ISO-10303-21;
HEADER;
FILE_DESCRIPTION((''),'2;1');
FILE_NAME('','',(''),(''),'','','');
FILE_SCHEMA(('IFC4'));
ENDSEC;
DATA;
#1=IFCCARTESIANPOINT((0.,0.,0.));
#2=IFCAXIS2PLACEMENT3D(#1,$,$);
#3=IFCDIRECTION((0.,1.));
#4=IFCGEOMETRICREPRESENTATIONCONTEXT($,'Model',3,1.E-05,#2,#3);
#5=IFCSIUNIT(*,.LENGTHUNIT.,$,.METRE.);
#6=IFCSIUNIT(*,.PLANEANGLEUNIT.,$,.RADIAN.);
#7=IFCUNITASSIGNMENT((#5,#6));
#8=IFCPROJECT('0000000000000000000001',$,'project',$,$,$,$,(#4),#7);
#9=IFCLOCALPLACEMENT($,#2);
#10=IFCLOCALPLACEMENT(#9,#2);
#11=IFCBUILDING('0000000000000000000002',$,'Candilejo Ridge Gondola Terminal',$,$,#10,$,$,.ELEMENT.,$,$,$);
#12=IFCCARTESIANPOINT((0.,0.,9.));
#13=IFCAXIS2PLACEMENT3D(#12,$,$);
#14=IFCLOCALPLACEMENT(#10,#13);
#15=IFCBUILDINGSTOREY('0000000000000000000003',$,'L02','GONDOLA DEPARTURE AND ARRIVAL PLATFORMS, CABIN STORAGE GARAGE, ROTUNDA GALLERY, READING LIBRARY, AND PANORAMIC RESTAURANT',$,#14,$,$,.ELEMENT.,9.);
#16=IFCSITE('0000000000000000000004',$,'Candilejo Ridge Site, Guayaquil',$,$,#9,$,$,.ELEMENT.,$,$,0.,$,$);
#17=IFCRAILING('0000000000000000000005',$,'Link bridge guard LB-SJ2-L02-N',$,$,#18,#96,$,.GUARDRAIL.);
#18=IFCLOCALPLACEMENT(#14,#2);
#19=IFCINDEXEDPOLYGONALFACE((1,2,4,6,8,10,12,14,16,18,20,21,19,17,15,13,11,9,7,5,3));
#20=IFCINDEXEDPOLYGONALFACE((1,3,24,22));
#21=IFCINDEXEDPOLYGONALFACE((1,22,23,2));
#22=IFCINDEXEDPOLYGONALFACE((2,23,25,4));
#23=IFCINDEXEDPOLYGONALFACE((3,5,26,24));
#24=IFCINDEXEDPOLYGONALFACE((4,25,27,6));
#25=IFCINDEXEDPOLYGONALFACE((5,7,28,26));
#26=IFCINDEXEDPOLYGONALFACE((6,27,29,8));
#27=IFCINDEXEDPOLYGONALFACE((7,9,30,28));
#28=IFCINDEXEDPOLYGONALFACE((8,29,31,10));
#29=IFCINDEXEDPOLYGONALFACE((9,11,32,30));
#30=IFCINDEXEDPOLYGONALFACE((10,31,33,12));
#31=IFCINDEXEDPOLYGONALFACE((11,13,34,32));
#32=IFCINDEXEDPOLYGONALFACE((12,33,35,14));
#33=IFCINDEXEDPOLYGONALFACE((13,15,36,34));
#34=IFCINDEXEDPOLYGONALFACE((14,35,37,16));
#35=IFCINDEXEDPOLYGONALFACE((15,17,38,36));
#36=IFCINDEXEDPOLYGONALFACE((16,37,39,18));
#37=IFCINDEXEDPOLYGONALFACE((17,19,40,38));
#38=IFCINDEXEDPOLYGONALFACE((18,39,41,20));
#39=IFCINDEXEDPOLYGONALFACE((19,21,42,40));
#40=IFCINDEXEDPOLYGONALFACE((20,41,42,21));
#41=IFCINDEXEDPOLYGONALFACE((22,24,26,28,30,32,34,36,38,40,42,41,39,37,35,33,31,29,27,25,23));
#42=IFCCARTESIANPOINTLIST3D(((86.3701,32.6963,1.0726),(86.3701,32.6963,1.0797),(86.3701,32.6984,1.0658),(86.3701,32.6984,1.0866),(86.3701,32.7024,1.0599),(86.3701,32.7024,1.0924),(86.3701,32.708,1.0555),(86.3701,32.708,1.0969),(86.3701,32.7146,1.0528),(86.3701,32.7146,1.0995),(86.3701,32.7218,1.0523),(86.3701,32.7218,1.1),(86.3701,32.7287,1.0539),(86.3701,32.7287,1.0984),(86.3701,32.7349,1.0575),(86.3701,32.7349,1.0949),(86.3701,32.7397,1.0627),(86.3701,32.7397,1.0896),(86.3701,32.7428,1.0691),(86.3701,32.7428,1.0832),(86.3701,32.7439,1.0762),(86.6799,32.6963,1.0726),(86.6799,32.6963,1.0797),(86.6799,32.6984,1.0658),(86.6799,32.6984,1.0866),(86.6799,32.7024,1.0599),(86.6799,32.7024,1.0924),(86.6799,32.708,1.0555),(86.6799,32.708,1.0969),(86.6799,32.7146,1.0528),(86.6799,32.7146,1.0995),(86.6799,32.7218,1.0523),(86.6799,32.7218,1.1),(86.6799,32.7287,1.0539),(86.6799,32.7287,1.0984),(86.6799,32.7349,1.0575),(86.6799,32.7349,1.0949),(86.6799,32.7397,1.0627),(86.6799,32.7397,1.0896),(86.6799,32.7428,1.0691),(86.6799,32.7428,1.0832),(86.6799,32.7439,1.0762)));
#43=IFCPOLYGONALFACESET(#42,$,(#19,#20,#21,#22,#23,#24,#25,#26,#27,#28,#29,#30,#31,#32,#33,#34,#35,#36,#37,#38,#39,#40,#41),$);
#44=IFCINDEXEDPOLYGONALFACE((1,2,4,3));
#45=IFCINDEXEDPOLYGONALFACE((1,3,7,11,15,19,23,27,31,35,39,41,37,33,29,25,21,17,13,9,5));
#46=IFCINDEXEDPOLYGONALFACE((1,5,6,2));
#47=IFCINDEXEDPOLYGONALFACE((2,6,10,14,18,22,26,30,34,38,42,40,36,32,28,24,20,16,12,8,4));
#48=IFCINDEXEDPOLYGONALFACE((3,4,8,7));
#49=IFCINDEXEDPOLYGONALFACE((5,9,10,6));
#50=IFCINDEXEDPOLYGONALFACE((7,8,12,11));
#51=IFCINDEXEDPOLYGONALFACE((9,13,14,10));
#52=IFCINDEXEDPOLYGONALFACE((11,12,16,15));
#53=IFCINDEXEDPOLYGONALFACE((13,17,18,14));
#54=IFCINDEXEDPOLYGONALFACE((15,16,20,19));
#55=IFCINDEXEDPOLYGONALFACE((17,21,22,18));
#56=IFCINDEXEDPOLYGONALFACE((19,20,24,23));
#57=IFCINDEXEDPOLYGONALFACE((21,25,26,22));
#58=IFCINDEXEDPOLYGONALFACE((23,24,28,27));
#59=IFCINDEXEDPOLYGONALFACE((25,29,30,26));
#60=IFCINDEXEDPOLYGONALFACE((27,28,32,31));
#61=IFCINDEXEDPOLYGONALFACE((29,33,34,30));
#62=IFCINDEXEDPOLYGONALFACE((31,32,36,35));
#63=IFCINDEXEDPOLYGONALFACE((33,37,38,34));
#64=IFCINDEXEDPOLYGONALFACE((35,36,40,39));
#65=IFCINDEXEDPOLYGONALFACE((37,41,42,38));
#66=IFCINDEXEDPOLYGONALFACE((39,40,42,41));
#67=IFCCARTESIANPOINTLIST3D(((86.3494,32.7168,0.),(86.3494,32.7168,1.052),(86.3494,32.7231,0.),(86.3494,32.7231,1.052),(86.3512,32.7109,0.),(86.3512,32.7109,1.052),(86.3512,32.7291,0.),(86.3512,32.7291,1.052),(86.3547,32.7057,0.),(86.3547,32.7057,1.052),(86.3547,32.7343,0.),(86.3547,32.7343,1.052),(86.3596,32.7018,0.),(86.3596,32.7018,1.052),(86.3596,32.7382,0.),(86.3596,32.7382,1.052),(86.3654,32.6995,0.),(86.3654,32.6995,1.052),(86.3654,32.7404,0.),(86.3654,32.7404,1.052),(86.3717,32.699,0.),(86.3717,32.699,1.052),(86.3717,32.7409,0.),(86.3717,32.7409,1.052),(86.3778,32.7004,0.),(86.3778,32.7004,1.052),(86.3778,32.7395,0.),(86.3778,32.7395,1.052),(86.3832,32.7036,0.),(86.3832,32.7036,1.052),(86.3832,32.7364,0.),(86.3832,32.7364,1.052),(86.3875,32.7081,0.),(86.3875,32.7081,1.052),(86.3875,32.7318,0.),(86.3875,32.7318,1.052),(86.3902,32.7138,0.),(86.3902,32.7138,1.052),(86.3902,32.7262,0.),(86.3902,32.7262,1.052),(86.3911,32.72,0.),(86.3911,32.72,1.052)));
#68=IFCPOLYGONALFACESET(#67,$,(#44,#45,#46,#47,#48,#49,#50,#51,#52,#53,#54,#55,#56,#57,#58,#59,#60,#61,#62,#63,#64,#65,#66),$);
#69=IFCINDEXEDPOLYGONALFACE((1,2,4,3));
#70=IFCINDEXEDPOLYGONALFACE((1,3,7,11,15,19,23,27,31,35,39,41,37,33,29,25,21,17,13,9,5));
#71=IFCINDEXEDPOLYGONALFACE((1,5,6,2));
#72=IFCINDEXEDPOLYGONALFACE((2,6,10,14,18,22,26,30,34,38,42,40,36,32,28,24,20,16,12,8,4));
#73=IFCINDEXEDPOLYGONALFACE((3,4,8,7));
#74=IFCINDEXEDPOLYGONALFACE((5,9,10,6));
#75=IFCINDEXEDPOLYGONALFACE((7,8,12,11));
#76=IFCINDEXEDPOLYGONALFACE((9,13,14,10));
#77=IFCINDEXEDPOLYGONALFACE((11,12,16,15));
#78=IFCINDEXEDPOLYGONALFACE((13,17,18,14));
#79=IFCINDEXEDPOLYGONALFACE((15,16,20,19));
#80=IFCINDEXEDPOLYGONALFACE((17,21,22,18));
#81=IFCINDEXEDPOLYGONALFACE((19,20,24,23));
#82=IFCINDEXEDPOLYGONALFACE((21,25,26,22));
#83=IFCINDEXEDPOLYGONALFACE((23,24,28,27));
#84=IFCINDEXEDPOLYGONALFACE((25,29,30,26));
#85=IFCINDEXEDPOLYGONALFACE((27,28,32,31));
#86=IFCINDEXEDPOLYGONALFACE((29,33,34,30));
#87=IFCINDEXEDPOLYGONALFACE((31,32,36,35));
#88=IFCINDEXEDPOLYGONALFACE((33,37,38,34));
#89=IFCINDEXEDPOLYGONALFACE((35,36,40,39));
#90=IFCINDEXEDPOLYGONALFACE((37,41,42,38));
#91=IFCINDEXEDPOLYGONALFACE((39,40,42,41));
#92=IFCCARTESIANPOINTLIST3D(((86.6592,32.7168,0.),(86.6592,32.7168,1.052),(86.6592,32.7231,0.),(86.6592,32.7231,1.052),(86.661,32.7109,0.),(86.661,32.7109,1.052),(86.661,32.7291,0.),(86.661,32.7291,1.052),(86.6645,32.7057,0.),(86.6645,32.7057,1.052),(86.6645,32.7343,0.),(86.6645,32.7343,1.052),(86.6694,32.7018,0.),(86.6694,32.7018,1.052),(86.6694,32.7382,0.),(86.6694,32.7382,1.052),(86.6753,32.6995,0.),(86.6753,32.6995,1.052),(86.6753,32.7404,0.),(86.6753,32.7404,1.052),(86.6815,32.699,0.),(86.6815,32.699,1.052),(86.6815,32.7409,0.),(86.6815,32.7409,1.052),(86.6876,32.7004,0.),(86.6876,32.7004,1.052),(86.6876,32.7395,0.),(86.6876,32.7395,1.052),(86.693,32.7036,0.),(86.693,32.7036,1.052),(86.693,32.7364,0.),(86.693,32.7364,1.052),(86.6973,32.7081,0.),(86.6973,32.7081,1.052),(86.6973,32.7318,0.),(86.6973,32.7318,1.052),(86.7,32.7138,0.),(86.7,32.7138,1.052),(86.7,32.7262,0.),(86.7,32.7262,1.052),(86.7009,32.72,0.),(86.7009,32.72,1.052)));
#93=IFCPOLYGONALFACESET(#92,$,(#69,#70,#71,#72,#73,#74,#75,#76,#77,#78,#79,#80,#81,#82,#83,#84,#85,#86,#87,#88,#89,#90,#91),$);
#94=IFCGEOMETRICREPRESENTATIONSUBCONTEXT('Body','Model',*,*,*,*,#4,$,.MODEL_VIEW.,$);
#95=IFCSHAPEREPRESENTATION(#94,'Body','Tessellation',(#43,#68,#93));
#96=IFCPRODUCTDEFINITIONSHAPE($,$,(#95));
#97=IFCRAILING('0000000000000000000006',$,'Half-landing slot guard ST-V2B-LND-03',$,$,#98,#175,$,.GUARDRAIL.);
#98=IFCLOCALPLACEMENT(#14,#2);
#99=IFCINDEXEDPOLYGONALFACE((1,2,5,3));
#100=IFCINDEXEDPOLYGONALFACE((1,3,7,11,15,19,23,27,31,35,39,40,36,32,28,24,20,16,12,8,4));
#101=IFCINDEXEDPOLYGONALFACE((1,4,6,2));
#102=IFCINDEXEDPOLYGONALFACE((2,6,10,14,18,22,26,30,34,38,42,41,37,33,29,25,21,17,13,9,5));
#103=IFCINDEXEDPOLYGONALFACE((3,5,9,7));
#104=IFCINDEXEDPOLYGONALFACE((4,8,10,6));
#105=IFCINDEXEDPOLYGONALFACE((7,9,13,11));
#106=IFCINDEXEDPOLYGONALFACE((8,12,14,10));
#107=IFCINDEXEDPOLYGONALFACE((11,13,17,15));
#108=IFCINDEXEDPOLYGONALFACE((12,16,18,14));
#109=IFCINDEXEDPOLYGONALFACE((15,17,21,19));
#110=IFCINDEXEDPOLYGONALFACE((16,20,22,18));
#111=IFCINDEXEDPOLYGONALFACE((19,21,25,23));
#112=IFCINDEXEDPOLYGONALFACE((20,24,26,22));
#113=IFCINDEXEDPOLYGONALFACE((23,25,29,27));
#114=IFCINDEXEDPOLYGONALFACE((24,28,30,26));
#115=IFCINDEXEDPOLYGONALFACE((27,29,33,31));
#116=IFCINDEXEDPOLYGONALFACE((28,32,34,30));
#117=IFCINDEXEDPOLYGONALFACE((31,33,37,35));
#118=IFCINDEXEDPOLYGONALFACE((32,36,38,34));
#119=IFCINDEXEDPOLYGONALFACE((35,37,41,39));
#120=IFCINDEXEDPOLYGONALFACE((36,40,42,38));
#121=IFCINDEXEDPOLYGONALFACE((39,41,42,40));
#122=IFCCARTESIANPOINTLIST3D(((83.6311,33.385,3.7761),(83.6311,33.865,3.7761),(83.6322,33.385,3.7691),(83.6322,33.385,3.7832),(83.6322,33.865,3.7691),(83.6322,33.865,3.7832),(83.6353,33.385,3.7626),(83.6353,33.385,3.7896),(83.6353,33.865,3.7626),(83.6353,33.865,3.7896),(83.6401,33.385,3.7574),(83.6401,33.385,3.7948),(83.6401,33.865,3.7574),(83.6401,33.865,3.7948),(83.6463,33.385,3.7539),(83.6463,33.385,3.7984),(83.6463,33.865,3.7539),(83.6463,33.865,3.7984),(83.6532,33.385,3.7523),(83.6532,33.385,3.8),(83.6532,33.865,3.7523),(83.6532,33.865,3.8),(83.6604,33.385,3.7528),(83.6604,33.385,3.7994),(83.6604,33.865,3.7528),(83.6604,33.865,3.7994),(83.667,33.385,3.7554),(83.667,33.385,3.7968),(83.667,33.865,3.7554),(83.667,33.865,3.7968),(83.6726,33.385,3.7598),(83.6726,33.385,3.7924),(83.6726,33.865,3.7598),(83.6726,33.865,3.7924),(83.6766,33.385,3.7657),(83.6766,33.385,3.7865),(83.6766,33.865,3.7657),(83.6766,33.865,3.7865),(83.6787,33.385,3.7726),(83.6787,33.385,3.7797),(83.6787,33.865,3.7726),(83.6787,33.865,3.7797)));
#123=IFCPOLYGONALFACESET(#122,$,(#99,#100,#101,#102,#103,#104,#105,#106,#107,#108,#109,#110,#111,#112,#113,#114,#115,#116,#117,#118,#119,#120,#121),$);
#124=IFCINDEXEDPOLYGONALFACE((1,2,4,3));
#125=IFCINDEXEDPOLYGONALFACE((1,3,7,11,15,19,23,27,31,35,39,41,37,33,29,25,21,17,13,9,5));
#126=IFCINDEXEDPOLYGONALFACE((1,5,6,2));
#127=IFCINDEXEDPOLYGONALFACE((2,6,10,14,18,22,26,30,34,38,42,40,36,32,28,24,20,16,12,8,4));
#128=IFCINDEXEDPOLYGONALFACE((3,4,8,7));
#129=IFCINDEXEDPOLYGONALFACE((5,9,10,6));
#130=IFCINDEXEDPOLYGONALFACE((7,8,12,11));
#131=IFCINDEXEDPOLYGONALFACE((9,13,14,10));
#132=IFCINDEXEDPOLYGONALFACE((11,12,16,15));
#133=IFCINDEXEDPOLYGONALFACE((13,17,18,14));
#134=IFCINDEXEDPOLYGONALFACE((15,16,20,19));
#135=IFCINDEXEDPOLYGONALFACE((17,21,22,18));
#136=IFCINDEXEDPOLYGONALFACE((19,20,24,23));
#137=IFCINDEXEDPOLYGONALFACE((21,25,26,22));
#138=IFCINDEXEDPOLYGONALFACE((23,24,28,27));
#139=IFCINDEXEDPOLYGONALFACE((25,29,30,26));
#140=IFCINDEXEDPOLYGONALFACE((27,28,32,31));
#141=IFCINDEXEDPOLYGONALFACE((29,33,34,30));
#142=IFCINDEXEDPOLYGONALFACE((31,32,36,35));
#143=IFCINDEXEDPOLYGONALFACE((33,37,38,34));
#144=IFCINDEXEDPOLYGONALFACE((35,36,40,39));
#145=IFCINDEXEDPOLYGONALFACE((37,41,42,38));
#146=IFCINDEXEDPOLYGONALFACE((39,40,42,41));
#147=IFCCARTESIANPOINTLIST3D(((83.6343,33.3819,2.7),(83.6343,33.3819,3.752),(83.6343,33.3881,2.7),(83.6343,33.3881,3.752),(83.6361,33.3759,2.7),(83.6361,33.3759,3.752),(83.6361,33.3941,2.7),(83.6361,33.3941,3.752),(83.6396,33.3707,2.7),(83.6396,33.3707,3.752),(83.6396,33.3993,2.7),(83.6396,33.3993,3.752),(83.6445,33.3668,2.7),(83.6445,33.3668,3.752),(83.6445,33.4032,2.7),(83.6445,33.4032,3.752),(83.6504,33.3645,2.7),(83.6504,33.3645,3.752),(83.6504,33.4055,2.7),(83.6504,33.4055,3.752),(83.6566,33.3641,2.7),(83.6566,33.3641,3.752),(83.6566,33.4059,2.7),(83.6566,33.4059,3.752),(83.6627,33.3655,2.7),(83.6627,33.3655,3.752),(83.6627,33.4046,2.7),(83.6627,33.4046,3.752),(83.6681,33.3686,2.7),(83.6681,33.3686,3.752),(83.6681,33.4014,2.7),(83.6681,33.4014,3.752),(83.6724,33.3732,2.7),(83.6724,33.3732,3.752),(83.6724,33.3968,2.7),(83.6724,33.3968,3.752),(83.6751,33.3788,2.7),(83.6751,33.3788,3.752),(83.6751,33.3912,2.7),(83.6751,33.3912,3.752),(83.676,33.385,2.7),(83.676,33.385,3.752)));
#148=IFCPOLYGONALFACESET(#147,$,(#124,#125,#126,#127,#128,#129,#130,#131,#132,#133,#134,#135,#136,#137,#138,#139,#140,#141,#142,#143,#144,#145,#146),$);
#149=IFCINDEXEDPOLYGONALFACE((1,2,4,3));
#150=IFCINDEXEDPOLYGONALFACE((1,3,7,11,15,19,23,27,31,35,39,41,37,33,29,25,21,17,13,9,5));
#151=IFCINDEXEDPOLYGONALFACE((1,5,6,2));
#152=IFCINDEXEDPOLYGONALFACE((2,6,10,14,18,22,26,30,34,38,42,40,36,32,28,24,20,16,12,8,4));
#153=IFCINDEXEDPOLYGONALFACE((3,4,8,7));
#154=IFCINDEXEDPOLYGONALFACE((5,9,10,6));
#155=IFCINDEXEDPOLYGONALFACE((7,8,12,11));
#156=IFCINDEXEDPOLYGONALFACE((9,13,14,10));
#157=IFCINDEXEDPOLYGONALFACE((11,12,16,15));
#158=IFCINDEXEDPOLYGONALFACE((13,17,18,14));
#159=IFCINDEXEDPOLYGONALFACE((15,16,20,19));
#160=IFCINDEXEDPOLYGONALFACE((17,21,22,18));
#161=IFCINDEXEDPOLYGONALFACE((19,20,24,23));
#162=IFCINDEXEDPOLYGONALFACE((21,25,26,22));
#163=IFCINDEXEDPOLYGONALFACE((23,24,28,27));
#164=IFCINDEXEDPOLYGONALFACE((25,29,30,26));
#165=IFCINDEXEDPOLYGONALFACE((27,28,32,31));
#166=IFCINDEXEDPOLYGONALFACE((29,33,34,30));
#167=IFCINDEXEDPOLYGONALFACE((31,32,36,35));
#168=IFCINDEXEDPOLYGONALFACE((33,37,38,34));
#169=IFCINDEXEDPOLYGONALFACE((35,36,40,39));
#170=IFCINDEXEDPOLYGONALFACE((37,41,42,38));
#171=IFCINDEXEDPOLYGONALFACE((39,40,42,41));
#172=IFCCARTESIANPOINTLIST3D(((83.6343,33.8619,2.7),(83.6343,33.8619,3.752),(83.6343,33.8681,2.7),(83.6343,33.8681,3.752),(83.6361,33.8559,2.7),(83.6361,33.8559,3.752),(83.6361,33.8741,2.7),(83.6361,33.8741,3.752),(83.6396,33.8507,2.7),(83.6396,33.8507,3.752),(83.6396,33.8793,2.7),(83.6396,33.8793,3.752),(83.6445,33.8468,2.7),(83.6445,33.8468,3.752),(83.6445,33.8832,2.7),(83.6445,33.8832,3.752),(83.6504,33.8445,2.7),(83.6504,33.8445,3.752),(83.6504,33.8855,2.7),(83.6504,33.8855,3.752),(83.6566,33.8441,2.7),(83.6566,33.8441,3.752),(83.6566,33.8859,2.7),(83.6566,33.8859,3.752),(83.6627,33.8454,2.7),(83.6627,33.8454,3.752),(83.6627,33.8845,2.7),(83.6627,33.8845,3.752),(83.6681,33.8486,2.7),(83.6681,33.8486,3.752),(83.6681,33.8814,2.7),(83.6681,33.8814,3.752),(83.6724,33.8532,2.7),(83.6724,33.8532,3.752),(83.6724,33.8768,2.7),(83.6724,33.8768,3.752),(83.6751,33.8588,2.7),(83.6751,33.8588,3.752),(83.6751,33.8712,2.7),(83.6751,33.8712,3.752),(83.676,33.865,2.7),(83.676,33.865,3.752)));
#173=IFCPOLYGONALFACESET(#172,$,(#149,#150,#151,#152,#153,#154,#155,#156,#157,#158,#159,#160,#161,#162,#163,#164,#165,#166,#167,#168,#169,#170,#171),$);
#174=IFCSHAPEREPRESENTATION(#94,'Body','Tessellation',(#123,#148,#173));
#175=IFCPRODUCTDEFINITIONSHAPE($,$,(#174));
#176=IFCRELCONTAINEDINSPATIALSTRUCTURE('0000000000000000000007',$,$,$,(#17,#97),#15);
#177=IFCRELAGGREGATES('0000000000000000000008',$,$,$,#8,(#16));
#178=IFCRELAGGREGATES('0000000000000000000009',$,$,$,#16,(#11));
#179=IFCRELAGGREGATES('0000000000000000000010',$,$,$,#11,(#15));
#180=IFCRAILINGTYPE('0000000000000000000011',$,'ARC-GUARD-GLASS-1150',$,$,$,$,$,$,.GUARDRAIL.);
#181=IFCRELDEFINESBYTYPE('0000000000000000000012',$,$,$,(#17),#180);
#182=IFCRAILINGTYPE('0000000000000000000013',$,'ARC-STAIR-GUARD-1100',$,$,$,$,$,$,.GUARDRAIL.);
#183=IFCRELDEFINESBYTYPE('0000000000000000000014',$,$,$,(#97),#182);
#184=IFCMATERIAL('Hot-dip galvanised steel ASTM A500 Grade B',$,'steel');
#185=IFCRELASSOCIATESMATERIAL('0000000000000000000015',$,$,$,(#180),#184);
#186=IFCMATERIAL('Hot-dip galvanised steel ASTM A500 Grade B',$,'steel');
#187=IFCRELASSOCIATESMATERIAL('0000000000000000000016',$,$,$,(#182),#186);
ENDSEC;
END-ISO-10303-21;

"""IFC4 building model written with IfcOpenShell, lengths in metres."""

from ifc_helpers import new_model, si_unit, direction, frame, origin, origin_2d, place, context, subcontext, project, spatial, circle, extrude, material, type_object, element, save


model = new_model("IFC4")

# Units and contexts
model_context = context("Model", 3, precision=1e-05, world=origin(), true_north=direction((0.0, 1.0)))
body_context = subcontext(model_context, "Body", "Model", "MODEL_VIEW")
ifc_project = project(units=[si_unit("LENGTHUNIT", "METRE"), si_unit("PLANEANGLEUNIT", "RADIAN")], contexts=[model_context])

# Site, building, storey
site_placement = place(None, origin())
site = spatial("IfcSite", under=ifc_project, at=site_placement, Name="Candilejo Ridge Site, Guayaquil", CompositionType="ELEMENT", RefElevation=0.0)
building_placement = place(site_placement, origin())
building = spatial("IfcBuilding", under=site, at=building_placement, Name="Candilejo Ridge Gondola Terminal", CompositionType="ELEMENT")
storey_placement = place(building_placement, frame((0.0, 0.0, 9.0)))
storey = spatial("IfcBuildingStorey", under=building, at=storey_placement, Name="L02", Description="GONDOLA DEPARTURE AND ARRIVAL PLATFORMS, CABIN STORAGE GARAGE, ROTUNDA GALLERY, READING LIBRARY, AND PANORAMIC RESTAURANT", CompositionType="ELEMENT", Elevation=9.0)

# Railings
ifc_material_1 = material(Name="Hot-dip galvanised steel ASTM A500 Grade B", Category="steel")
railing_type_1 = type_object("IfcRailingType", Name="ARC-GUARD-GLASS-1150", PredefinedType="GUARDRAIL", material=ifc_material_1)
railing_1_placement = place(storey_placement, frame((86.3701, 32.72, 0.0)))
element("IfcRailing", 1, at=railing_1_placement, inside=storey, type_object=railing_type_1, Name="Link bridge guard LB-SJ2-L02-N", PredefinedType="GUARDRAIL", context=body_context, shape_type="SweptSolid", body=[
    extrude(circle(Radius=0.0239, at=origin_2d()), frame((0.0, 0.0, 1.0762), z_axis=(1.0, 0.0, 0.0), x_axis=(0.0, 1.0, 0.0)), (0.0, 0.0, 1.0), 0.3098),
    extrude(circle(Radius=0.021, at=origin_2d()), origin(), (0.0, 0.0, 1.0), 1.052),
    extrude(circle(Radius=0.021, at=origin_2d()), frame((0.3098, 0.0, 0.0)), (0.0, 0.0, 1.0), 1.052),
])
ifc_material_2 = material(Name="Hot-dip galvanised steel ASTM A500 Grade B", Category="steel")
railing_type_2 = type_object("IfcRailingType", Name="ARC-STAIR-GUARD-1100", PredefinedType="GUARDRAIL", material=ifc_material_2)
railing_2_placement = place(storey_placement, frame((83.655, 33.385, 2.7)))
element("IfcRailing", 2, at=railing_2_placement, inside=storey, type_object=railing_type_2, Name="Half-landing slot guard ST-V2B-LND-03", PredefinedType="GUARDRAIL", context=body_context, shape_type="SweptSolid", body=[
    extrude(circle(Radius=0.0239, at=origin_2d()), frame((0.0, 0.0, 1.0762), z_axis=(0.0, 1.0, 0.0), x_axis=(-1.0, 0.0, 0.0)), (0.0, 0.0, 1.0), 0.48),
    extrude(circle(Radius=0.021, at=origin_2d()), origin(), (0.0, 0.0, 1.0), 1.052),
    extrude(circle(Radius=0.021, at=origin_2d()), frame((0.0, 0.48, 0.0)), (0.0, 0.0, 1.0), 1.052),
])

save(model, "model.ifc")
